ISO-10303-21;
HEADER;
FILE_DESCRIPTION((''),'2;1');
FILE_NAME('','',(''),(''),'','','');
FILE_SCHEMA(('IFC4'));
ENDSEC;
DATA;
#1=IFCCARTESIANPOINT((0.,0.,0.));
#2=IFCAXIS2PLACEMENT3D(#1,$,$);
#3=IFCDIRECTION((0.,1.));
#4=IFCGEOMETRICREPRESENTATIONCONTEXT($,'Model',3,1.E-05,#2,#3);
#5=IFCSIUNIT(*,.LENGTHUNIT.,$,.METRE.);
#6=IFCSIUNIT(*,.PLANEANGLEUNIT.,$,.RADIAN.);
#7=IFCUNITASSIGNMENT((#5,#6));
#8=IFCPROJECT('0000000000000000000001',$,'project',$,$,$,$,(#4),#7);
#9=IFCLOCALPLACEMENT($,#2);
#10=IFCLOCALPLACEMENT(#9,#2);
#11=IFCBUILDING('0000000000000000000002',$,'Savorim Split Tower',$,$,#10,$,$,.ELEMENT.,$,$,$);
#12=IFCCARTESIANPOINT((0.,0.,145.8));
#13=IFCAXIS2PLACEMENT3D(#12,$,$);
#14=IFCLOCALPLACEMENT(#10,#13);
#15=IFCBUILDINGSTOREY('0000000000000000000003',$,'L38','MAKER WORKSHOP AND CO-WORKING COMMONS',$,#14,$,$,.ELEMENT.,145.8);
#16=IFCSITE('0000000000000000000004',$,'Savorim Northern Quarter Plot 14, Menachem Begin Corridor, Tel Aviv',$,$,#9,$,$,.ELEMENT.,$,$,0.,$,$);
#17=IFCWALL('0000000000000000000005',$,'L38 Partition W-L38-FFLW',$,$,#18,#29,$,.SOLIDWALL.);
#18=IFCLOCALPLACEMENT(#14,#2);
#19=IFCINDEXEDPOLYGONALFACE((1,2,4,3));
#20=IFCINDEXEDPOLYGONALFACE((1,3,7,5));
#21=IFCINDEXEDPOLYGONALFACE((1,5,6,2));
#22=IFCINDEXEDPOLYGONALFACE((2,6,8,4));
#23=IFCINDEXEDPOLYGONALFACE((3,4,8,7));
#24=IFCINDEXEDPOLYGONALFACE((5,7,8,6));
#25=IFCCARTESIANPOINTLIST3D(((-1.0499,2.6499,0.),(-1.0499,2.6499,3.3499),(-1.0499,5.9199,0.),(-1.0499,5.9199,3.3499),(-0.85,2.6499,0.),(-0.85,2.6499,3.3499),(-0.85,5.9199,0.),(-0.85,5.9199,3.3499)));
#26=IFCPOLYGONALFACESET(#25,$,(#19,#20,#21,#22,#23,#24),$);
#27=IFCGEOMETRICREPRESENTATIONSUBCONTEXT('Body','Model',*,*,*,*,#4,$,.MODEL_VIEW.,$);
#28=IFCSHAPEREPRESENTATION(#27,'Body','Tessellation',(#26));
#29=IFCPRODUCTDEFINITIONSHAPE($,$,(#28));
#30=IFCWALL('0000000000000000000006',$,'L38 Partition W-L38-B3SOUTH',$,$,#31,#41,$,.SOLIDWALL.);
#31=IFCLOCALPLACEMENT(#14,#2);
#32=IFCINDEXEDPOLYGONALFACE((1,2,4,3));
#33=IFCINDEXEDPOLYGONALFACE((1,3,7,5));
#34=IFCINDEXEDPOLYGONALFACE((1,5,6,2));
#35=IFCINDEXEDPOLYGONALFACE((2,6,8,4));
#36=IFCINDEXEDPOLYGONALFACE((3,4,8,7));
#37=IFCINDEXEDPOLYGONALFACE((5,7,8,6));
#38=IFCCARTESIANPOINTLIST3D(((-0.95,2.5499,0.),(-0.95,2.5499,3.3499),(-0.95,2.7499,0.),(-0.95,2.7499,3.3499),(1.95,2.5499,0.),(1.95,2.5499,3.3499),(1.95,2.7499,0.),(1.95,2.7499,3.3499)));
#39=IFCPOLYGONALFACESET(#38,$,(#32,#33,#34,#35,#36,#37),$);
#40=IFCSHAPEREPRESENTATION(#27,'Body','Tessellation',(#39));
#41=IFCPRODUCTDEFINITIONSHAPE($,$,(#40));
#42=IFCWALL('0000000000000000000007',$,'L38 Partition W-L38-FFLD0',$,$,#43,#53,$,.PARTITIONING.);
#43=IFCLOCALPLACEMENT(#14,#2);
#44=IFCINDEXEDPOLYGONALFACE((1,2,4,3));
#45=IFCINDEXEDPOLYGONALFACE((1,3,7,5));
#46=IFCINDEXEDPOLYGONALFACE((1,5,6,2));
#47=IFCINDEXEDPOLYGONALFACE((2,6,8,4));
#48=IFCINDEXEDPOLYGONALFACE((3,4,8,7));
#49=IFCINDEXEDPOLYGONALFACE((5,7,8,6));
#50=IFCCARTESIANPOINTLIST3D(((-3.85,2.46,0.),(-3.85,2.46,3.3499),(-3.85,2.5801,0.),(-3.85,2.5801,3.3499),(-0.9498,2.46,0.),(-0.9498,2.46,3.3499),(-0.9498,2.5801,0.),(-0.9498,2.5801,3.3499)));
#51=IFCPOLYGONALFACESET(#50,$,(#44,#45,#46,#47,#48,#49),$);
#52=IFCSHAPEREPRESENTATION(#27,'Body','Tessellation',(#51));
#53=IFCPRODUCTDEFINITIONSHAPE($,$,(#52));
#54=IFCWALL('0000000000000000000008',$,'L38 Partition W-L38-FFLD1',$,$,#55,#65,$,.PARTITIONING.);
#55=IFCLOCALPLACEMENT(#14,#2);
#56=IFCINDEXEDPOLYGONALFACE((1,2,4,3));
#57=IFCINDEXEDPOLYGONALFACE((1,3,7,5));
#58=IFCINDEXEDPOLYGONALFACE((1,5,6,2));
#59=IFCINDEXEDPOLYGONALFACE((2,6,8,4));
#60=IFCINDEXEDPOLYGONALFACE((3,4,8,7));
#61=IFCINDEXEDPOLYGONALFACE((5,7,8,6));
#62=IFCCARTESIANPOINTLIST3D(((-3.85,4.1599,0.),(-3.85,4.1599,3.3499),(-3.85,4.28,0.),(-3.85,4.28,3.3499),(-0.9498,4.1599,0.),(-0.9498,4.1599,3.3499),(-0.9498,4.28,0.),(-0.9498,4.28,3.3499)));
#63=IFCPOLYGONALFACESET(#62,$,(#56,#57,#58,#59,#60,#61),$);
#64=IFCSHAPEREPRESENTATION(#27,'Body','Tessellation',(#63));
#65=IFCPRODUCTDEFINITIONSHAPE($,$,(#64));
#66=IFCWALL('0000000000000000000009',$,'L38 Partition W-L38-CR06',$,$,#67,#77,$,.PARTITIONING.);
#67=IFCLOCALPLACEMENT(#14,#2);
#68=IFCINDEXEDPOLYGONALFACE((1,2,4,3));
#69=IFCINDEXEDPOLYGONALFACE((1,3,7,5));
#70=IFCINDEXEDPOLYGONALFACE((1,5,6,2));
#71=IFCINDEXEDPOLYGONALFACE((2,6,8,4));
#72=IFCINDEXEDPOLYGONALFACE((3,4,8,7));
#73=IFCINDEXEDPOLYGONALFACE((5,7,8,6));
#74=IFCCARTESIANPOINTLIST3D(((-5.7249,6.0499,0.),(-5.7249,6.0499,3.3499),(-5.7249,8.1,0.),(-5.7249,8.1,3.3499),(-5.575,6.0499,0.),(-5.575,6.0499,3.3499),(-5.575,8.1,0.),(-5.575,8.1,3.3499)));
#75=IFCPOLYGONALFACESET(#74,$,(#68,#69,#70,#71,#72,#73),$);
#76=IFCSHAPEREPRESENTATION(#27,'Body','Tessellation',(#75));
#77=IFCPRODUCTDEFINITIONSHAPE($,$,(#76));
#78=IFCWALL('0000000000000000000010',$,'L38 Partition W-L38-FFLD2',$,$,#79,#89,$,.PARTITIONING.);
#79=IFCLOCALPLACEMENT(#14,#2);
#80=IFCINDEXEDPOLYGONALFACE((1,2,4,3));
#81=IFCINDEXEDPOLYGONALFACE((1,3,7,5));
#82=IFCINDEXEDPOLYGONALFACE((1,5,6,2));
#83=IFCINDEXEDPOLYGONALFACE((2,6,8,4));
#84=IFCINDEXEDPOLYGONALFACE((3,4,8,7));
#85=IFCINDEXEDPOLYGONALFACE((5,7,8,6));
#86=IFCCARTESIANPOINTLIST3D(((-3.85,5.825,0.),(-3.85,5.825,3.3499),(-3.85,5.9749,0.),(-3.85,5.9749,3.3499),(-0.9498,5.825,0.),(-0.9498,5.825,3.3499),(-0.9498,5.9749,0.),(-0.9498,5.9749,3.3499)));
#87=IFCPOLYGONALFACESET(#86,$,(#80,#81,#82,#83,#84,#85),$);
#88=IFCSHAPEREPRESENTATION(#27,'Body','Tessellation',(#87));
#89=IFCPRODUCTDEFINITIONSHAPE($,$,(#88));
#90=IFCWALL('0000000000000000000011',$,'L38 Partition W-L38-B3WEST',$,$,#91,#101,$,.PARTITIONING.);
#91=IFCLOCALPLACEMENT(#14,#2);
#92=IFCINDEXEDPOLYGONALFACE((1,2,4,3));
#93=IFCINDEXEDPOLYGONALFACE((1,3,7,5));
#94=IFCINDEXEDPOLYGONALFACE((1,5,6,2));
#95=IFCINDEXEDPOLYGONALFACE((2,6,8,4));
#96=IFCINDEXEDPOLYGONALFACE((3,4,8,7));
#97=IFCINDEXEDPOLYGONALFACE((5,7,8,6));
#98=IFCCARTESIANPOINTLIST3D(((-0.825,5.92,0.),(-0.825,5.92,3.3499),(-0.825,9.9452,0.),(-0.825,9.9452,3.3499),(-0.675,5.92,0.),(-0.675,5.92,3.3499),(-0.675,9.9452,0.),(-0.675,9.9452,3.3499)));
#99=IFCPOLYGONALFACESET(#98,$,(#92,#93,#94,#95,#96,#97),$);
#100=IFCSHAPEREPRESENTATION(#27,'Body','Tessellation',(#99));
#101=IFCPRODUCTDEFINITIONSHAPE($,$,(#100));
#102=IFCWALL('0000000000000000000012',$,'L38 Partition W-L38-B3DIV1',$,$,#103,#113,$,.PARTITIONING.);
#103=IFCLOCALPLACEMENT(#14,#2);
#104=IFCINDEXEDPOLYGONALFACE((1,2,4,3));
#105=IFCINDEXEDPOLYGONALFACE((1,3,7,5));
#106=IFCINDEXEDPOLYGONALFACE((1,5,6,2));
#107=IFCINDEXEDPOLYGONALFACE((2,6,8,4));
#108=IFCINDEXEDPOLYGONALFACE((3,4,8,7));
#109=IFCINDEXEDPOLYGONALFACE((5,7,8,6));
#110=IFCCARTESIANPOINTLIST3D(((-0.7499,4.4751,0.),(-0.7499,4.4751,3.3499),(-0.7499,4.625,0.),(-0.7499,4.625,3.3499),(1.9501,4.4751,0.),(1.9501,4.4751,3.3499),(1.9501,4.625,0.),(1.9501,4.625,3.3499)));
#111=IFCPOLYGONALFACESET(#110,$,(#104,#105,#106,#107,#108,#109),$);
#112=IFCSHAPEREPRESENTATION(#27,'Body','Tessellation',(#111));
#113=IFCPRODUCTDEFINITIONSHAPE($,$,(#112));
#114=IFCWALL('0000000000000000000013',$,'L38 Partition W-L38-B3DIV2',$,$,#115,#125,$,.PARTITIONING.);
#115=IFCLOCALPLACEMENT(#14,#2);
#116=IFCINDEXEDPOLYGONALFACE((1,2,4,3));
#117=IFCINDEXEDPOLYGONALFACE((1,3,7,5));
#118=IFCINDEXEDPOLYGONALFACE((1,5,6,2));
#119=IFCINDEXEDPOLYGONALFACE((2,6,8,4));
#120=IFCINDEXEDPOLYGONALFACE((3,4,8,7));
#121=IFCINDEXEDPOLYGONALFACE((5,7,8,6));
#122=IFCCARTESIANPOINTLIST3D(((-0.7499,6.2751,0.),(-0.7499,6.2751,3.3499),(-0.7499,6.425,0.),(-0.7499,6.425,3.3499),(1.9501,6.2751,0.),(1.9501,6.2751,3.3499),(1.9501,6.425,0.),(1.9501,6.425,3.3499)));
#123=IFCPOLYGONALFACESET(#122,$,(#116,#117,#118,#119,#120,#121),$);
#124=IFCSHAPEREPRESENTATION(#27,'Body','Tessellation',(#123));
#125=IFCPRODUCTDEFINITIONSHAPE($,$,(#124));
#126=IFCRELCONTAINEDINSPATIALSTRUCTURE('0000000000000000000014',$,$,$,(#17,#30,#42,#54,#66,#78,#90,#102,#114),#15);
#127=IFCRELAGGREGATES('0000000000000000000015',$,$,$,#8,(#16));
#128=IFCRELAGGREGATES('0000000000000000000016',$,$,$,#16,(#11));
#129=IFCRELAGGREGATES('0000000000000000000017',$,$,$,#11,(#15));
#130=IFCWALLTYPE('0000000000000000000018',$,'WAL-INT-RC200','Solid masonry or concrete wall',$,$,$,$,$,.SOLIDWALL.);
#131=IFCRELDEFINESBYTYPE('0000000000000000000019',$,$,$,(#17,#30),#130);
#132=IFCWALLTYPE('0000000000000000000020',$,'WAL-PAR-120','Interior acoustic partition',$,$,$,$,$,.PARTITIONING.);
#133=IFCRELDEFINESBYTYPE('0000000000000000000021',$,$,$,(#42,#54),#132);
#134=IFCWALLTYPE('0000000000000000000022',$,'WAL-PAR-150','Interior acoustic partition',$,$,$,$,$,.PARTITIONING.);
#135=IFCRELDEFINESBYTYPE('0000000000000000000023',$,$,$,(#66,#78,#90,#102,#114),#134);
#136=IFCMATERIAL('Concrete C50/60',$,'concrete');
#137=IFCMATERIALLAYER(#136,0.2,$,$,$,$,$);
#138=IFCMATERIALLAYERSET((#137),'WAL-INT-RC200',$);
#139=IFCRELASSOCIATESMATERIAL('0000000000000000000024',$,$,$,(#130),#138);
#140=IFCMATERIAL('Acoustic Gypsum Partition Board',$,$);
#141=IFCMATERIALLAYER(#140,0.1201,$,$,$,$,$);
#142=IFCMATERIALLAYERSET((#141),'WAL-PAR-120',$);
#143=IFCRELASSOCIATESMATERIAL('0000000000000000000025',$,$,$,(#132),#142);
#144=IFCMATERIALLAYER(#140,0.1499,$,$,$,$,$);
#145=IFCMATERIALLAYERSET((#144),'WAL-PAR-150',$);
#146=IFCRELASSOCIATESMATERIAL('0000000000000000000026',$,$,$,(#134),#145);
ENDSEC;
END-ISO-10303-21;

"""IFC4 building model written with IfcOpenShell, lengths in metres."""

from ifc_helpers import new_model, si_unit, direction, frame, frame_2d, origin, place, context, subcontext, project, spatial, rectangle, extrude, material, layer, layer_set, type_object, element, save


model = new_model("IFC4")

# Units and contexts
model_context = context("Model", 3, precision=1e-05, world=origin(), true_north=direction((0.0, 1.0)))
body_context = subcontext(model_context, "Body", "Model", "MODEL_VIEW")
ifc_project = project(units=[si_unit("LENGTHUNIT", "METRE"), si_unit("PLANEANGLEUNIT", "RADIAN")], contexts=[model_context])

# Site, building, storey
site_placement = place(None, origin())
site = spatial("IfcSite", under=ifc_project, at=site_placement, Name="Savorim Northern Quarter Plot 14, Menachem Begin Corridor, Tel Aviv", CompositionType="ELEMENT", RefElevation=0.0)
building_placement = place(site_placement, origin())
building = spatial("IfcBuilding", under=site, at=building_placement, Name="Savorim Split Tower", CompositionType="ELEMENT")
storey_placement = place(building_placement, frame((0.0, 0.0, 145.8)))
storey = spatial("IfcBuildingStorey", under=building, at=storey_placement, Name="L38", Description="MAKER WORKSHOP AND CO-WORKING COMMONS", CompositionType="ELEMENT", Elevation=145.8)

# Shared definitions
ifc_material_1 = material(Name="Concrete C50/60", Category="concrete")
ifc_layer_1 = layer(ifc_material_1, 0.2)
ifc_layer_set_1 = layer_set([ifc_layer_1], Name="WAL-INT-RC200")
wall_type_1 = type_object("IfcWallType", Name="WAL-INT-RC200", Description="Solid masonry or concrete wall", PredefinedType="SOLIDWALL", material=ifc_layer_set_1)

# Walls
wall_1_placement = place(storey_placement, frame((-0.95, 2.6499, 0.0), z_axis=(0.0, 0.0, 1.0), x_axis=(0.0, 1.0, 0.0)))
element("IfcWall", 1, at=wall_1_placement, inside=storey, type_object=wall_type_1, Name="L38 Partition W-L38-FFLW", PredefinedType="SOLIDWALL", context=body_context, shape_type="SweptSolid", body=[
    extrude(rectangle(XDim=3.27, YDim=0.2, at=frame_2d((1.635, 0.0))), origin(), (0.0, 0.0, 1.0), 3.3499),
])
wall_2_placement = place(storey_placement, frame((-0.95, 2.6499, 0.0), z_axis=(0.0, 0.0, 1.0), x_axis=(1.0, 0.0, 0.0)))
element("IfcWall", 2, at=wall_2_placement, inside=storey, type_object=wall_type_1, Name="L38 Partition W-L38-B3SOUTH", PredefinedType="SOLIDWALL", context=body_context, shape_type="SweptSolid", body=[
    extrude(rectangle(XDim=2.8999, YDim=0.2, at=frame_2d((1.45, 0.0))), origin(), (0.0, 0.0, 1.0), 3.3499),
])
ifc_material_2 = material(Name="Acoustic Gypsum Partition Board")
ifc_layer_2 = layer(ifc_material_2, 0.1201)
ifc_layer_set_2 = layer_set([ifc_layer_2], Name="WAL-PAR-120")
wall_type_2 = type_object("IfcWallType", Name="WAL-PAR-120", Description="Interior acoustic partition", PredefinedType="PARTITIONING", material=ifc_layer_set_2)
for number, where, z_axis, x_axis, name in (
    (3, (-3.8501, 2.52, 0.0), (0.0, 0.0, 1.0), (1.0, 0.0, 0.0), "L38 Partition W-L38-FFLD0"),
    (4, (-3.8501, 4.22, 0.0), (0.0, 0.0, 1.0), (1.0, 0.0, 0.0), "L38 Partition W-L38-FFLD1"),
):
    element("IfcWall", number, at=place(storey_placement, frame(where, z_axis=z_axis, x_axis=x_axis)), inside=storey, type_object=wall_type_2, Name=name, PredefinedType="PARTITIONING", context=body_context, shape_type="SweptSolid", body=[
        extrude(rectangle(XDim=2.9001, YDim=0.1201, at=frame_2d((1.4502, 0.0))), origin(), (0.0, 0.0, 1.0), 3.3499),
    ])
ifc_layer_3 = layer(ifc_material_2, 0.1499)
ifc_layer_set_3 = layer_set([ifc_layer_3], Name="WAL-PAR-150")
wall_type_3 = type_object("IfcWallType", Name="WAL-PAR-150", Description="Interior acoustic partition", PredefinedType="PARTITIONING", material=ifc_layer_set_3)
wall_3_placement = place(storey_placement, frame((-5.6499, 6.05, 0.0), z_axis=(0.0, 0.0, 1.0), x_axis=(0.0, 1.0, 0.0)))
element("IfcWall", 5, at=wall_3_placement, inside=storey, type_object=wall_type_3, Name="L38 Partition W-L38-CR06", PredefinedType="PARTITIONING", context=body_context, shape_type="SweptSolid", body=[
    extrude(rectangle(XDim=2.05, YDim=0.1499, at=frame_2d((1.0249, 0.0))), origin(), (0.0, 0.0, 1.0), 3.3499),
])
wall_4_placement = place(storey_placement, frame((-3.8501, 5.8999, 0.0), z_axis=(0.0, 0.0, 1.0), x_axis=(1.0, 0.0, 0.0)))
element("IfcWall", 6, at=wall_4_placement, inside=storey, type_object=wall_type_3, Name="L38 Partition W-L38-FFLD2", PredefinedType="PARTITIONING", context=body_context, shape_type="SweptSolid", body=[
    extrude(rectangle(XDim=2.9001, YDim=0.1499, at=frame_2d((1.4502, 0.0))), origin(), (0.0, 0.0, 1.0), 3.3499),
])
wall_5_placement = place(storey_placement, frame((-0.75, 5.9199, 0.0), z_axis=(0.0, 0.0, 1.0), x_axis=(0.0, 1.0, 0.0)))
element("IfcWall", 7, at=wall_5_placement, inside=storey, type_object=wall_type_3, Name="L38 Partition W-L38-B3WEST", PredefinedType="PARTITIONING", context=body_context, shape_type="SweptSolid", body=[
    extrude(rectangle(XDim=4.0251, YDim=0.1499, at=frame_2d((2.0127, 0.0))), origin(), (0.0, 0.0, 1.0), 3.3499),
])
for number, where, z_axis, x_axis, name in (
    (8, (-0.75, 4.55, 0.0), (0.0, 0.0, 1.0), (1.0, 0.0, 0.0), "L38 Partition W-L38-B3DIV1"),
    (9, (-0.75, 6.3501, 0.0), (0.0, 0.0, 1.0), (1.0, 0.0, 0.0), "L38 Partition W-L38-B3DIV2"),
):
    element("IfcWall", number, at=place(storey_placement, frame(where, z_axis=z_axis, x_axis=x_axis)), inside=storey, type_object=wall_type_3, Name=name, PredefinedType="PARTITIONING", context=body_context, shape_type="SweptSolid", body=[
        extrude(rectangle(XDim=2.7, YDim=0.1499, at=frame_2d((1.3501, 0.0))), origin(), (0.0, 0.0, 1.0), 3.3499),
    ])

save(model, "model.ifc")
